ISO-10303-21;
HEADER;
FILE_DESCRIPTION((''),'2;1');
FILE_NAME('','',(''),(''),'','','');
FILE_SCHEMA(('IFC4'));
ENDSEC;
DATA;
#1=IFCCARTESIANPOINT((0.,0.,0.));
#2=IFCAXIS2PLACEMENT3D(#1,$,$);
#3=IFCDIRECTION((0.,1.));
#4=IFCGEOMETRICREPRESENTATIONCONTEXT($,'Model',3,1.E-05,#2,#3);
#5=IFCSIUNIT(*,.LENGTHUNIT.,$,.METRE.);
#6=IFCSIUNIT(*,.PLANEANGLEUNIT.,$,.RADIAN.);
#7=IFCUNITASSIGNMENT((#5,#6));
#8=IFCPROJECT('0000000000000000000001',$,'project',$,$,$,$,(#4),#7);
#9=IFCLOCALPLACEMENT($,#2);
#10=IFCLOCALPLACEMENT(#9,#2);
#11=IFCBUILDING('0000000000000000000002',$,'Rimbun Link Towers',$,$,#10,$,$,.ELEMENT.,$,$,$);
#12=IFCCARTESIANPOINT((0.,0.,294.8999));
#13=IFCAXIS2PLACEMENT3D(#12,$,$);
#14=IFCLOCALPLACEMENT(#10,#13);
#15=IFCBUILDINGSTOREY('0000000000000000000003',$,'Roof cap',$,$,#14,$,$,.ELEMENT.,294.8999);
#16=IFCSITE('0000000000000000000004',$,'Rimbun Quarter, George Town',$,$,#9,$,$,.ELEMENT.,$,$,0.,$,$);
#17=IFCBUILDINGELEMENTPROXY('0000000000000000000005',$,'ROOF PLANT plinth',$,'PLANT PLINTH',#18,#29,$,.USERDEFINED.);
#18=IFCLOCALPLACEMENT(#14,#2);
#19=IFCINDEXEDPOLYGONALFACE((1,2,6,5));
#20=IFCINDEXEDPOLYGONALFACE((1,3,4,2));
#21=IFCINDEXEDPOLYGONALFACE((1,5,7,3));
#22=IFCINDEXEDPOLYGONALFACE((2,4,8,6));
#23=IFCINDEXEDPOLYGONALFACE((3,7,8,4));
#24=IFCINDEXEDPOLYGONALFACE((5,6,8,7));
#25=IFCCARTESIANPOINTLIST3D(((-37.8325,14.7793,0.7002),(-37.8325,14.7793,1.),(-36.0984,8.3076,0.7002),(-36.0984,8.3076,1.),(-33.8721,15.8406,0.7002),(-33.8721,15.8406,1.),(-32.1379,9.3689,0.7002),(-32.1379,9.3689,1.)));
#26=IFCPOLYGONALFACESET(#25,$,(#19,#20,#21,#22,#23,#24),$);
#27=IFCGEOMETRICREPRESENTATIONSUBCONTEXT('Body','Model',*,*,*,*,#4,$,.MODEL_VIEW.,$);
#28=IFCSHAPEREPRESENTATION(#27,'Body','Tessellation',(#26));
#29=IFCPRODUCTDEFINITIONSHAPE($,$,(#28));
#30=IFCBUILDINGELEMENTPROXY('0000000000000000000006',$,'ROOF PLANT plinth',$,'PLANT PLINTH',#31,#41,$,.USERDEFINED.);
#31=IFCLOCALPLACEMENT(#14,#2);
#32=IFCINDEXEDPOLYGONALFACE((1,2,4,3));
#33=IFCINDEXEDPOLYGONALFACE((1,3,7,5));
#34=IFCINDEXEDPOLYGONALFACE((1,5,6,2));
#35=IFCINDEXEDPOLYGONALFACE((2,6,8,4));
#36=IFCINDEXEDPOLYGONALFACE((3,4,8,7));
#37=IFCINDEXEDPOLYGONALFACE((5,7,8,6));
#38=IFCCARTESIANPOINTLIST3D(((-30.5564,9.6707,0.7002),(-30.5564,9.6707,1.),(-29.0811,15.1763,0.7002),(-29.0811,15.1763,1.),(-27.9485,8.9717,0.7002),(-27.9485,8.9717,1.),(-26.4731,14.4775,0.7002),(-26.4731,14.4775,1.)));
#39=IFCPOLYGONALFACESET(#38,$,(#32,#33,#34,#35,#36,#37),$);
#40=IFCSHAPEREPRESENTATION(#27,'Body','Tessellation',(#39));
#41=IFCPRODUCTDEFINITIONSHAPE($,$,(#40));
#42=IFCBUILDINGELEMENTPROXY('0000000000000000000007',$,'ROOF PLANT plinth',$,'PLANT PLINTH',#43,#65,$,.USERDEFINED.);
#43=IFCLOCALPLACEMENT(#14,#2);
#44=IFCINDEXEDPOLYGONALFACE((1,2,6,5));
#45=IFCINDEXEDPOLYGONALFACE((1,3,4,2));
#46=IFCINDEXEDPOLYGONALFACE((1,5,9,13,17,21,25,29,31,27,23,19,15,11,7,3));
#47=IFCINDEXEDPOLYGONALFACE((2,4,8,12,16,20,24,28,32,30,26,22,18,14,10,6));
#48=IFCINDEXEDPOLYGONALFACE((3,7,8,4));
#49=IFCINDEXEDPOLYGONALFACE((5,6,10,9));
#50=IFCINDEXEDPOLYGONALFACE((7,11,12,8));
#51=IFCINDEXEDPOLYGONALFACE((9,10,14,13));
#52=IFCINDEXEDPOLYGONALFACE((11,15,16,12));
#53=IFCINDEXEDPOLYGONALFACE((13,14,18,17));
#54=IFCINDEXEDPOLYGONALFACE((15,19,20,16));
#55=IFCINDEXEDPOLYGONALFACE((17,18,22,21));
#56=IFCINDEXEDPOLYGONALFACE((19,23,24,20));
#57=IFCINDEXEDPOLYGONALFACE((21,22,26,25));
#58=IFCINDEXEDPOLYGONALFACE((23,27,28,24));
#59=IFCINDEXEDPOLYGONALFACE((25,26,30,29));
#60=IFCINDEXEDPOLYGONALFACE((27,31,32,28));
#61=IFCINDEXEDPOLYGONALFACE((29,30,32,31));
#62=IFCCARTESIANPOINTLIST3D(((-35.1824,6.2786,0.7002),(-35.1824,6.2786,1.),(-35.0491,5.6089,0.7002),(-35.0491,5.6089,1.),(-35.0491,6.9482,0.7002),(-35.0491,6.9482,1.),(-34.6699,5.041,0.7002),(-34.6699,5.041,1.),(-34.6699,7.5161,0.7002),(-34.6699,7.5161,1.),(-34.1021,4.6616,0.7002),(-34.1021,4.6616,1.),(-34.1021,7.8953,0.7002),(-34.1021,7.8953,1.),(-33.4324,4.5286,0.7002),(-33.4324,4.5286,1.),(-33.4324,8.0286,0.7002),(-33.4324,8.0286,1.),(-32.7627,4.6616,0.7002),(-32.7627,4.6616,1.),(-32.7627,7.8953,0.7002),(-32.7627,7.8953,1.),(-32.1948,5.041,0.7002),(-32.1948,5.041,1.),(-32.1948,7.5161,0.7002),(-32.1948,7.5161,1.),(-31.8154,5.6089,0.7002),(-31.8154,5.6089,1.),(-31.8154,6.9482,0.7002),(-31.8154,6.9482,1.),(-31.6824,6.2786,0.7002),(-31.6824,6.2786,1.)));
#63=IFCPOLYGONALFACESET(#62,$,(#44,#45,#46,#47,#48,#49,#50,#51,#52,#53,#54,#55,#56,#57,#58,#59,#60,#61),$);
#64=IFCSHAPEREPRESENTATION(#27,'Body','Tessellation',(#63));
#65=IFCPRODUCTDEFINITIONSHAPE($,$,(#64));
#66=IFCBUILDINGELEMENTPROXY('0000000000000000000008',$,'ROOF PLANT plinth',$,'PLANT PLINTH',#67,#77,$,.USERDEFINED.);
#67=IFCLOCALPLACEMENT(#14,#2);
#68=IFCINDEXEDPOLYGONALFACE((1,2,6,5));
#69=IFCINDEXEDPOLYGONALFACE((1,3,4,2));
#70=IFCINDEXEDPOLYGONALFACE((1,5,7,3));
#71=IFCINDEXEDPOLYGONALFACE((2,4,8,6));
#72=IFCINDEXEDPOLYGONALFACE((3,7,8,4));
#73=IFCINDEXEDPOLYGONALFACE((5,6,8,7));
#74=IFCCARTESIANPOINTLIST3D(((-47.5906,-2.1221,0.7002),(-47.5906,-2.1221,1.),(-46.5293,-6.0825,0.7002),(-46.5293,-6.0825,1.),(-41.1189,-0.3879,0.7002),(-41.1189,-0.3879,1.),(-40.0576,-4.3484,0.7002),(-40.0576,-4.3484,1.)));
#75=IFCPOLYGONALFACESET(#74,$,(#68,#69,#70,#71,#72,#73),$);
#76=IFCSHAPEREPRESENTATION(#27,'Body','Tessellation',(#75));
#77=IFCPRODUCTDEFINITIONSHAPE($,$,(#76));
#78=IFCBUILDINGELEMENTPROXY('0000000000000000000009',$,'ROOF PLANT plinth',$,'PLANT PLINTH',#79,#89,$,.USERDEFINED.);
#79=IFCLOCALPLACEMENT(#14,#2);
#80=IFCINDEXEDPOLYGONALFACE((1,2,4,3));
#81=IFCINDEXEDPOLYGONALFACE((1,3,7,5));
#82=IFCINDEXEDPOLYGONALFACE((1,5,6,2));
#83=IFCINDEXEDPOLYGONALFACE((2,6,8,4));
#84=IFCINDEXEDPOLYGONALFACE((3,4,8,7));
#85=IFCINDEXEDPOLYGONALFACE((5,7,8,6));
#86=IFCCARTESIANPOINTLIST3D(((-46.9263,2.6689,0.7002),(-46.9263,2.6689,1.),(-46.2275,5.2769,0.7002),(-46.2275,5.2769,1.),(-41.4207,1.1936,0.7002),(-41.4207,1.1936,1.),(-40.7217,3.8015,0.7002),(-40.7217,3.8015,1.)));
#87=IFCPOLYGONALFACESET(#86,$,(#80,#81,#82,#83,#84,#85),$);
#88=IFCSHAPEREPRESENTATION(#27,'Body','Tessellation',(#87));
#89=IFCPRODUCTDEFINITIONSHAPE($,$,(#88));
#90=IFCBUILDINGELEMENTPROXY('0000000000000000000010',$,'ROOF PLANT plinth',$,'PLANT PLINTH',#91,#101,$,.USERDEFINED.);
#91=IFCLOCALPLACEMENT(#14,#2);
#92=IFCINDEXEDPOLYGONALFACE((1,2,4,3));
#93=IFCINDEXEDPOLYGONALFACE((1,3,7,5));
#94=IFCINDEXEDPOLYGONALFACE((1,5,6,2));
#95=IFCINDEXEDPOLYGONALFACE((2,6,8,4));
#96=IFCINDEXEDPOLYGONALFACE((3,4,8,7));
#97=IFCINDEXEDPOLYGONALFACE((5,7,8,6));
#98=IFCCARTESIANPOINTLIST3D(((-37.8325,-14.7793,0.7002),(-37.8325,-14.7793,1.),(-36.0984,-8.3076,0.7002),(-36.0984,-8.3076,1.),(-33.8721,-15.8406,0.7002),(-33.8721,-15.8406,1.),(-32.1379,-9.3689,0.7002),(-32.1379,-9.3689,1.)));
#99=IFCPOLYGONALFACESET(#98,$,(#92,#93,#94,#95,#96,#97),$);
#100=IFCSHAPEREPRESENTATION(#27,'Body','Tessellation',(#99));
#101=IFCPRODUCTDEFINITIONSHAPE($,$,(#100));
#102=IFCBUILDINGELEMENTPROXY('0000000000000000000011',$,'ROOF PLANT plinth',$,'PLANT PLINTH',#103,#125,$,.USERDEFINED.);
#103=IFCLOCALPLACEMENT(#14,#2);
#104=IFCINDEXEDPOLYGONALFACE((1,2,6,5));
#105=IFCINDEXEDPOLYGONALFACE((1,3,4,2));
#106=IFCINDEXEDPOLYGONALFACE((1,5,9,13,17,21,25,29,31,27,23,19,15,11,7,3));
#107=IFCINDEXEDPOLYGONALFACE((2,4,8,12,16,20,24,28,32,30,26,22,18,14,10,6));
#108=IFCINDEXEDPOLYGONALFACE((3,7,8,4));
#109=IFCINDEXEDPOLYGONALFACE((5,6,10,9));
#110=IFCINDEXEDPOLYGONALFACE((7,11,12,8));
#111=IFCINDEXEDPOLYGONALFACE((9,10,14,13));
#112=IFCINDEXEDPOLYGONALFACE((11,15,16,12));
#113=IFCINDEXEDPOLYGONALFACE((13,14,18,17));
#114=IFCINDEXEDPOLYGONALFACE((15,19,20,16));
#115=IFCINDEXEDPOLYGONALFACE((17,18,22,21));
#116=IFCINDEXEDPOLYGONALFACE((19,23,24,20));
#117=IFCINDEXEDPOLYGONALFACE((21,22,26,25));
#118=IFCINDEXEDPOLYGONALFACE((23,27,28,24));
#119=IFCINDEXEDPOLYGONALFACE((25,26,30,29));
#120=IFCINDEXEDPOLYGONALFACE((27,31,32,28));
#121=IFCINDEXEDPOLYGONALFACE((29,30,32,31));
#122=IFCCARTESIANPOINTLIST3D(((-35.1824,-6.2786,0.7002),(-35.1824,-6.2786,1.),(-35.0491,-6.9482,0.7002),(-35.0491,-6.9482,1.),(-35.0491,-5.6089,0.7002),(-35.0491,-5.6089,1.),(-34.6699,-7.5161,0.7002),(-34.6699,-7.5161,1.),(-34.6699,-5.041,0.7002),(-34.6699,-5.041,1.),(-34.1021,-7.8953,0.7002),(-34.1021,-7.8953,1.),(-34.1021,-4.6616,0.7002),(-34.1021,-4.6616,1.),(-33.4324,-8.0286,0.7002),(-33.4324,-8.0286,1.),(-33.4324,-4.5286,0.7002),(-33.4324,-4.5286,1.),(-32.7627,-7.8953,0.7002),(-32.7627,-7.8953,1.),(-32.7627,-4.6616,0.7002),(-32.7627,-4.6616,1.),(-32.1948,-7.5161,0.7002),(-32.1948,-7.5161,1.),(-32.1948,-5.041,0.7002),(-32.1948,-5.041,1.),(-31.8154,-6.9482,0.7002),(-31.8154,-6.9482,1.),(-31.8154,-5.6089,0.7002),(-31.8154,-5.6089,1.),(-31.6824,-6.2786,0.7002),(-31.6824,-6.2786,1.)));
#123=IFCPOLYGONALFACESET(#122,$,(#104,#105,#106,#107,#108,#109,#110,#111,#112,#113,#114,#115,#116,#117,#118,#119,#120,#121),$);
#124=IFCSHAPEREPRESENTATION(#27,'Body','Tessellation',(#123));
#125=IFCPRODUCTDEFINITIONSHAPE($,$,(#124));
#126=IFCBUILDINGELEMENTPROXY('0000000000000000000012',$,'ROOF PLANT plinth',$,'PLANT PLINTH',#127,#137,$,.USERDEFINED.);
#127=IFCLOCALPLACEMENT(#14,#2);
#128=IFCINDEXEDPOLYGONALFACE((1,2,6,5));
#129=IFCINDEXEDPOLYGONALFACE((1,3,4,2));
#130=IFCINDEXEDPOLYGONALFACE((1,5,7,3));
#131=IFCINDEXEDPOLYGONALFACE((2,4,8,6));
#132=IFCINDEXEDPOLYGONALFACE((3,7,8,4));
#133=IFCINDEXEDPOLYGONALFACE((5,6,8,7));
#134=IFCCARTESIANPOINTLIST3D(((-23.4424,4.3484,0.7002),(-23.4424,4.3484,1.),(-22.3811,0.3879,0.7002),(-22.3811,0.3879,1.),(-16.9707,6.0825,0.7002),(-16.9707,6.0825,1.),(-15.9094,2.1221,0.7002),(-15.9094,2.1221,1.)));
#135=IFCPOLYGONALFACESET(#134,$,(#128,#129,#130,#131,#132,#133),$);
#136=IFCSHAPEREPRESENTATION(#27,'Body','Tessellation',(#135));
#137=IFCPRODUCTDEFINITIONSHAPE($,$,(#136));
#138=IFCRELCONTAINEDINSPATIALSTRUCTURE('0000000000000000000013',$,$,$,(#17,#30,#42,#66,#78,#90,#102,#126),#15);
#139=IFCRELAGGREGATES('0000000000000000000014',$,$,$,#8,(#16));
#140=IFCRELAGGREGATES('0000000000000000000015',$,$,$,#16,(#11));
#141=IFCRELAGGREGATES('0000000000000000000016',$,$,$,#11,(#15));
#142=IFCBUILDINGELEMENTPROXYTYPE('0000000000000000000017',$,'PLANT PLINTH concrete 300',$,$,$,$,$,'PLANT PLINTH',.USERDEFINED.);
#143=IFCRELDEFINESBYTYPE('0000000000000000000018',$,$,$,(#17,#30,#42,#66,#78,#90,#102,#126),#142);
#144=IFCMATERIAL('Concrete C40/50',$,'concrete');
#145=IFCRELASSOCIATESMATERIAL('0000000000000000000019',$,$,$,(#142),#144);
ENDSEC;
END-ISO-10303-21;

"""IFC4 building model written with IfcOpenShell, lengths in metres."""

from ifc_helpers import new_model, si_unit, direction, frame, origin, place, context, subcontext, project, spatial, polyline, outline, extrude, material, type_object, element, save


model = new_model("IFC4")

# Units and contexts
model_context = context("Model", 3, precision=1e-05, world=origin(), true_north=direction((0.0, 1.0)))
body_context = subcontext(model_context, "Body", "Model", "MODEL_VIEW")
ifc_project = project(units=[si_unit("LENGTHUNIT", "METRE"), si_unit("PLANEANGLEUNIT", "RADIAN")], contexts=[model_context])

# Site, building, storey
site_placement = place(None, origin())
site = spatial("IfcSite", under=ifc_project, at=site_placement, Name="Rimbun Quarter, George Town", CompositionType="ELEMENT", RefElevation=0.0)
building_placement = place(site_placement, origin())
building = spatial("IfcBuilding", under=site, at=building_placement, Name="Rimbun Link Towers", CompositionType="ELEMENT")
storey_placement = place(building_placement, frame((0.0, 0.0, 294.8999)))
storey = spatial("IfcBuildingStorey", under=building, at=storey_placement, Name="Roof cap", CompositionType="ELEMENT", Elevation=294.8999)

# Building element proxies
ifc_material_1 = material(Name="Concrete C40/50", Category="concrete")
building_element_proxy_type = type_object("IfcBuildingElementProxyType", Name="PLANT PLINTH concrete 300", ElementType="PLANT PLINTH", PredefinedType="USERDEFINED", material=ifc_material_1)
proxy_1_placement = place(storey_placement, frame((0.0, 0.0, 0.7002)))
element("IfcBuildingElementProxy", 1, at=proxy_1_placement, inside=storey, type_object=building_element_proxy_type, Name="ROOF PLANT plinth", ObjectType="PLANT PLINTH", PredefinedType="USERDEFINED", context=body_context, shape_type="SweptSolid", body=[
    extrude(outline(polyline([(-32.1379, 9.3689), (-33.8721, 15.8406), (-37.8325, 14.7793), (-36.0984, 8.3076), (-32.1379, 9.3689)])), origin(), (0.0, 0.0, 1.0), 0.2998),
])
proxy_2_placement = place(storey_placement, frame((0.0, 0.0, 0.7002)))
element("IfcBuildingElementProxy", 2, at=proxy_2_placement, inside=storey, type_object=building_element_proxy_type, Name="ROOF PLANT plinth", ObjectType="PLANT PLINTH", PredefinedType="USERDEFINED", context=body_context, shape_type="SweptSolid", body=[
    extrude(outline(polyline([(-27.9485, 8.9717), (-26.4731, 14.4775), (-29.0811, 15.1763), (-30.5564, 9.6707), (-27.9485, 8.9717)])), origin(), (0.0, 0.0, 1.0), 0.2998),
])
proxy_3_placement = place(storey_placement, frame((0.0, 0.0, 0.7002)))
element("IfcBuildingElementProxy", 3, at=proxy_3_placement, inside=storey, type_object=building_element_proxy_type, Name="ROOF PLANT plinth", ObjectType="PLANT PLINTH", PredefinedType="USERDEFINED", context=body_context, shape_type="SweptSolid", body=[
    extrude(outline(polyline([(-31.6824, 6.2786), (-31.8154, 6.9482), (-32.1948, 7.5161), (-32.7627, 7.8953), (-33.4324, 8.0286), (-34.1021, 7.8953), (-34.6699, 7.5161), (-35.0491, 6.9482), (-35.1824, 6.2786), (-35.0491, 5.6089), (-34.6699, 5.041), (-34.1021, 4.6616), (-33.4324, 4.5286), (-32.7627, 4.6616), (-32.1948, 5.041), (-31.8154, 5.6089), (-31.6824, 6.2786)])), origin(), (0.0, 0.0, 1.0), 0.2998),
])
proxy_4_placement = place(storey_placement, frame((0.0, 0.0, 0.7002)))
element("IfcBuildingElementProxy", 4, at=proxy_4_placement, inside=storey, type_object=building_element_proxy_type, Name="ROOF PLANT plinth", ObjectType="PLANT PLINTH", PredefinedType="USERDEFINED", context=body_context, shape_type="SweptSolid", body=[
    extrude(outline(polyline([(-41.1189, -0.3879), (-47.5906, -2.1221), (-46.5293, -6.0825), (-40.0576, -4.3484), (-41.1189, -0.3879)])), origin(), (0.0, 0.0, 1.0), 0.2998),
])
proxy_5_placement = place(storey_placement, frame((0.0, 0.0, 0.7002)))
element("IfcBuildingElementProxy", 5, at=proxy_5_placement, inside=storey, type_object=building_element_proxy_type, Name="ROOF PLANT plinth", ObjectType="PLANT PLINTH", PredefinedType="USERDEFINED", context=body_context, shape_type="SweptSolid", body=[
    extrude(outline(polyline([(-40.7217, 3.8015), (-46.2275, 5.2769), (-46.9263, 2.6689), (-41.4207, 1.1936), (-40.7217, 3.8015)])), origin(), (0.0, 0.0, 1.0), 0.2998),
])
proxy_6_placement = place(storey_placement, frame((0.0, 0.0, 0.7002)))
element("IfcBuildingElementProxy", 6, at=proxy_6_placement, inside=storey, type_object=building_element_proxy_type, Name="ROOF PLANT plinth", ObjectType="PLANT PLINTH", PredefinedType="USERDEFINED", context=body_context, shape_type="SweptSolid", body=[
    extrude(outline(polyline([(-36.0984, -8.3076), (-37.8325, -14.7793), (-33.8721, -15.8406), (-32.1379, -9.3689), (-36.0984, -8.3076)])), origin(), (0.0, 0.0, 1.0), 0.2998),
])
proxy_7_placement = place(storey_placement, frame((0.0, 0.0, 0.7002)))
element("IfcBuildingElementProxy", 7, at=proxy_7_placement, inside=storey, type_object=building_element_proxy_type, Name="ROOF PLANT plinth", ObjectType="PLANT PLINTH", PredefinedType="USERDEFINED", context=body_context, shape_type="SweptSolid", body=[
    extrude(outline(polyline([(-31.6824, -6.2786), (-31.8154, -5.6089), (-32.1948, -5.041), (-32.7627, -4.6616), (-33.4324, -4.5286), (-34.1021, -4.6616), (-34.6699, -5.041), (-35.0491, -5.6089), (-35.1824, -6.2786), (-35.0491, -6.9482), (-34.6699, -7.5161), (-34.1021, -7.8953), (-33.4324, -8.0286), (-32.7627, -7.8953), (-32.1948, -7.5161), (-31.8154, -6.9482), (-31.6824, -6.2786)])), origin(), (0.0, 0.0, 1.0), 0.2998),
])
proxy_8_placement = place(storey_placement, frame((0.0, 0.0, 0.7002)))
element("IfcBuildingElementProxy", 8, at=proxy_8_placement, inside=storey, type_object=building_element_proxy_type, Name="ROOF PLANT plinth", ObjectType="PLANT PLINTH", PredefinedType="USERDEFINED", context=body_context, shape_type="SweptSolid", body=[
    extrude(outline(polyline([(-22.3811, 0.3879), (-15.9094, 2.1221), (-16.9707, 6.0825), (-23.4424, 4.3484), (-22.3811, 0.3879)])), origin(), (0.0, 0.0, 1.0), 0.2998),
])

save(model, "model.ifc")
